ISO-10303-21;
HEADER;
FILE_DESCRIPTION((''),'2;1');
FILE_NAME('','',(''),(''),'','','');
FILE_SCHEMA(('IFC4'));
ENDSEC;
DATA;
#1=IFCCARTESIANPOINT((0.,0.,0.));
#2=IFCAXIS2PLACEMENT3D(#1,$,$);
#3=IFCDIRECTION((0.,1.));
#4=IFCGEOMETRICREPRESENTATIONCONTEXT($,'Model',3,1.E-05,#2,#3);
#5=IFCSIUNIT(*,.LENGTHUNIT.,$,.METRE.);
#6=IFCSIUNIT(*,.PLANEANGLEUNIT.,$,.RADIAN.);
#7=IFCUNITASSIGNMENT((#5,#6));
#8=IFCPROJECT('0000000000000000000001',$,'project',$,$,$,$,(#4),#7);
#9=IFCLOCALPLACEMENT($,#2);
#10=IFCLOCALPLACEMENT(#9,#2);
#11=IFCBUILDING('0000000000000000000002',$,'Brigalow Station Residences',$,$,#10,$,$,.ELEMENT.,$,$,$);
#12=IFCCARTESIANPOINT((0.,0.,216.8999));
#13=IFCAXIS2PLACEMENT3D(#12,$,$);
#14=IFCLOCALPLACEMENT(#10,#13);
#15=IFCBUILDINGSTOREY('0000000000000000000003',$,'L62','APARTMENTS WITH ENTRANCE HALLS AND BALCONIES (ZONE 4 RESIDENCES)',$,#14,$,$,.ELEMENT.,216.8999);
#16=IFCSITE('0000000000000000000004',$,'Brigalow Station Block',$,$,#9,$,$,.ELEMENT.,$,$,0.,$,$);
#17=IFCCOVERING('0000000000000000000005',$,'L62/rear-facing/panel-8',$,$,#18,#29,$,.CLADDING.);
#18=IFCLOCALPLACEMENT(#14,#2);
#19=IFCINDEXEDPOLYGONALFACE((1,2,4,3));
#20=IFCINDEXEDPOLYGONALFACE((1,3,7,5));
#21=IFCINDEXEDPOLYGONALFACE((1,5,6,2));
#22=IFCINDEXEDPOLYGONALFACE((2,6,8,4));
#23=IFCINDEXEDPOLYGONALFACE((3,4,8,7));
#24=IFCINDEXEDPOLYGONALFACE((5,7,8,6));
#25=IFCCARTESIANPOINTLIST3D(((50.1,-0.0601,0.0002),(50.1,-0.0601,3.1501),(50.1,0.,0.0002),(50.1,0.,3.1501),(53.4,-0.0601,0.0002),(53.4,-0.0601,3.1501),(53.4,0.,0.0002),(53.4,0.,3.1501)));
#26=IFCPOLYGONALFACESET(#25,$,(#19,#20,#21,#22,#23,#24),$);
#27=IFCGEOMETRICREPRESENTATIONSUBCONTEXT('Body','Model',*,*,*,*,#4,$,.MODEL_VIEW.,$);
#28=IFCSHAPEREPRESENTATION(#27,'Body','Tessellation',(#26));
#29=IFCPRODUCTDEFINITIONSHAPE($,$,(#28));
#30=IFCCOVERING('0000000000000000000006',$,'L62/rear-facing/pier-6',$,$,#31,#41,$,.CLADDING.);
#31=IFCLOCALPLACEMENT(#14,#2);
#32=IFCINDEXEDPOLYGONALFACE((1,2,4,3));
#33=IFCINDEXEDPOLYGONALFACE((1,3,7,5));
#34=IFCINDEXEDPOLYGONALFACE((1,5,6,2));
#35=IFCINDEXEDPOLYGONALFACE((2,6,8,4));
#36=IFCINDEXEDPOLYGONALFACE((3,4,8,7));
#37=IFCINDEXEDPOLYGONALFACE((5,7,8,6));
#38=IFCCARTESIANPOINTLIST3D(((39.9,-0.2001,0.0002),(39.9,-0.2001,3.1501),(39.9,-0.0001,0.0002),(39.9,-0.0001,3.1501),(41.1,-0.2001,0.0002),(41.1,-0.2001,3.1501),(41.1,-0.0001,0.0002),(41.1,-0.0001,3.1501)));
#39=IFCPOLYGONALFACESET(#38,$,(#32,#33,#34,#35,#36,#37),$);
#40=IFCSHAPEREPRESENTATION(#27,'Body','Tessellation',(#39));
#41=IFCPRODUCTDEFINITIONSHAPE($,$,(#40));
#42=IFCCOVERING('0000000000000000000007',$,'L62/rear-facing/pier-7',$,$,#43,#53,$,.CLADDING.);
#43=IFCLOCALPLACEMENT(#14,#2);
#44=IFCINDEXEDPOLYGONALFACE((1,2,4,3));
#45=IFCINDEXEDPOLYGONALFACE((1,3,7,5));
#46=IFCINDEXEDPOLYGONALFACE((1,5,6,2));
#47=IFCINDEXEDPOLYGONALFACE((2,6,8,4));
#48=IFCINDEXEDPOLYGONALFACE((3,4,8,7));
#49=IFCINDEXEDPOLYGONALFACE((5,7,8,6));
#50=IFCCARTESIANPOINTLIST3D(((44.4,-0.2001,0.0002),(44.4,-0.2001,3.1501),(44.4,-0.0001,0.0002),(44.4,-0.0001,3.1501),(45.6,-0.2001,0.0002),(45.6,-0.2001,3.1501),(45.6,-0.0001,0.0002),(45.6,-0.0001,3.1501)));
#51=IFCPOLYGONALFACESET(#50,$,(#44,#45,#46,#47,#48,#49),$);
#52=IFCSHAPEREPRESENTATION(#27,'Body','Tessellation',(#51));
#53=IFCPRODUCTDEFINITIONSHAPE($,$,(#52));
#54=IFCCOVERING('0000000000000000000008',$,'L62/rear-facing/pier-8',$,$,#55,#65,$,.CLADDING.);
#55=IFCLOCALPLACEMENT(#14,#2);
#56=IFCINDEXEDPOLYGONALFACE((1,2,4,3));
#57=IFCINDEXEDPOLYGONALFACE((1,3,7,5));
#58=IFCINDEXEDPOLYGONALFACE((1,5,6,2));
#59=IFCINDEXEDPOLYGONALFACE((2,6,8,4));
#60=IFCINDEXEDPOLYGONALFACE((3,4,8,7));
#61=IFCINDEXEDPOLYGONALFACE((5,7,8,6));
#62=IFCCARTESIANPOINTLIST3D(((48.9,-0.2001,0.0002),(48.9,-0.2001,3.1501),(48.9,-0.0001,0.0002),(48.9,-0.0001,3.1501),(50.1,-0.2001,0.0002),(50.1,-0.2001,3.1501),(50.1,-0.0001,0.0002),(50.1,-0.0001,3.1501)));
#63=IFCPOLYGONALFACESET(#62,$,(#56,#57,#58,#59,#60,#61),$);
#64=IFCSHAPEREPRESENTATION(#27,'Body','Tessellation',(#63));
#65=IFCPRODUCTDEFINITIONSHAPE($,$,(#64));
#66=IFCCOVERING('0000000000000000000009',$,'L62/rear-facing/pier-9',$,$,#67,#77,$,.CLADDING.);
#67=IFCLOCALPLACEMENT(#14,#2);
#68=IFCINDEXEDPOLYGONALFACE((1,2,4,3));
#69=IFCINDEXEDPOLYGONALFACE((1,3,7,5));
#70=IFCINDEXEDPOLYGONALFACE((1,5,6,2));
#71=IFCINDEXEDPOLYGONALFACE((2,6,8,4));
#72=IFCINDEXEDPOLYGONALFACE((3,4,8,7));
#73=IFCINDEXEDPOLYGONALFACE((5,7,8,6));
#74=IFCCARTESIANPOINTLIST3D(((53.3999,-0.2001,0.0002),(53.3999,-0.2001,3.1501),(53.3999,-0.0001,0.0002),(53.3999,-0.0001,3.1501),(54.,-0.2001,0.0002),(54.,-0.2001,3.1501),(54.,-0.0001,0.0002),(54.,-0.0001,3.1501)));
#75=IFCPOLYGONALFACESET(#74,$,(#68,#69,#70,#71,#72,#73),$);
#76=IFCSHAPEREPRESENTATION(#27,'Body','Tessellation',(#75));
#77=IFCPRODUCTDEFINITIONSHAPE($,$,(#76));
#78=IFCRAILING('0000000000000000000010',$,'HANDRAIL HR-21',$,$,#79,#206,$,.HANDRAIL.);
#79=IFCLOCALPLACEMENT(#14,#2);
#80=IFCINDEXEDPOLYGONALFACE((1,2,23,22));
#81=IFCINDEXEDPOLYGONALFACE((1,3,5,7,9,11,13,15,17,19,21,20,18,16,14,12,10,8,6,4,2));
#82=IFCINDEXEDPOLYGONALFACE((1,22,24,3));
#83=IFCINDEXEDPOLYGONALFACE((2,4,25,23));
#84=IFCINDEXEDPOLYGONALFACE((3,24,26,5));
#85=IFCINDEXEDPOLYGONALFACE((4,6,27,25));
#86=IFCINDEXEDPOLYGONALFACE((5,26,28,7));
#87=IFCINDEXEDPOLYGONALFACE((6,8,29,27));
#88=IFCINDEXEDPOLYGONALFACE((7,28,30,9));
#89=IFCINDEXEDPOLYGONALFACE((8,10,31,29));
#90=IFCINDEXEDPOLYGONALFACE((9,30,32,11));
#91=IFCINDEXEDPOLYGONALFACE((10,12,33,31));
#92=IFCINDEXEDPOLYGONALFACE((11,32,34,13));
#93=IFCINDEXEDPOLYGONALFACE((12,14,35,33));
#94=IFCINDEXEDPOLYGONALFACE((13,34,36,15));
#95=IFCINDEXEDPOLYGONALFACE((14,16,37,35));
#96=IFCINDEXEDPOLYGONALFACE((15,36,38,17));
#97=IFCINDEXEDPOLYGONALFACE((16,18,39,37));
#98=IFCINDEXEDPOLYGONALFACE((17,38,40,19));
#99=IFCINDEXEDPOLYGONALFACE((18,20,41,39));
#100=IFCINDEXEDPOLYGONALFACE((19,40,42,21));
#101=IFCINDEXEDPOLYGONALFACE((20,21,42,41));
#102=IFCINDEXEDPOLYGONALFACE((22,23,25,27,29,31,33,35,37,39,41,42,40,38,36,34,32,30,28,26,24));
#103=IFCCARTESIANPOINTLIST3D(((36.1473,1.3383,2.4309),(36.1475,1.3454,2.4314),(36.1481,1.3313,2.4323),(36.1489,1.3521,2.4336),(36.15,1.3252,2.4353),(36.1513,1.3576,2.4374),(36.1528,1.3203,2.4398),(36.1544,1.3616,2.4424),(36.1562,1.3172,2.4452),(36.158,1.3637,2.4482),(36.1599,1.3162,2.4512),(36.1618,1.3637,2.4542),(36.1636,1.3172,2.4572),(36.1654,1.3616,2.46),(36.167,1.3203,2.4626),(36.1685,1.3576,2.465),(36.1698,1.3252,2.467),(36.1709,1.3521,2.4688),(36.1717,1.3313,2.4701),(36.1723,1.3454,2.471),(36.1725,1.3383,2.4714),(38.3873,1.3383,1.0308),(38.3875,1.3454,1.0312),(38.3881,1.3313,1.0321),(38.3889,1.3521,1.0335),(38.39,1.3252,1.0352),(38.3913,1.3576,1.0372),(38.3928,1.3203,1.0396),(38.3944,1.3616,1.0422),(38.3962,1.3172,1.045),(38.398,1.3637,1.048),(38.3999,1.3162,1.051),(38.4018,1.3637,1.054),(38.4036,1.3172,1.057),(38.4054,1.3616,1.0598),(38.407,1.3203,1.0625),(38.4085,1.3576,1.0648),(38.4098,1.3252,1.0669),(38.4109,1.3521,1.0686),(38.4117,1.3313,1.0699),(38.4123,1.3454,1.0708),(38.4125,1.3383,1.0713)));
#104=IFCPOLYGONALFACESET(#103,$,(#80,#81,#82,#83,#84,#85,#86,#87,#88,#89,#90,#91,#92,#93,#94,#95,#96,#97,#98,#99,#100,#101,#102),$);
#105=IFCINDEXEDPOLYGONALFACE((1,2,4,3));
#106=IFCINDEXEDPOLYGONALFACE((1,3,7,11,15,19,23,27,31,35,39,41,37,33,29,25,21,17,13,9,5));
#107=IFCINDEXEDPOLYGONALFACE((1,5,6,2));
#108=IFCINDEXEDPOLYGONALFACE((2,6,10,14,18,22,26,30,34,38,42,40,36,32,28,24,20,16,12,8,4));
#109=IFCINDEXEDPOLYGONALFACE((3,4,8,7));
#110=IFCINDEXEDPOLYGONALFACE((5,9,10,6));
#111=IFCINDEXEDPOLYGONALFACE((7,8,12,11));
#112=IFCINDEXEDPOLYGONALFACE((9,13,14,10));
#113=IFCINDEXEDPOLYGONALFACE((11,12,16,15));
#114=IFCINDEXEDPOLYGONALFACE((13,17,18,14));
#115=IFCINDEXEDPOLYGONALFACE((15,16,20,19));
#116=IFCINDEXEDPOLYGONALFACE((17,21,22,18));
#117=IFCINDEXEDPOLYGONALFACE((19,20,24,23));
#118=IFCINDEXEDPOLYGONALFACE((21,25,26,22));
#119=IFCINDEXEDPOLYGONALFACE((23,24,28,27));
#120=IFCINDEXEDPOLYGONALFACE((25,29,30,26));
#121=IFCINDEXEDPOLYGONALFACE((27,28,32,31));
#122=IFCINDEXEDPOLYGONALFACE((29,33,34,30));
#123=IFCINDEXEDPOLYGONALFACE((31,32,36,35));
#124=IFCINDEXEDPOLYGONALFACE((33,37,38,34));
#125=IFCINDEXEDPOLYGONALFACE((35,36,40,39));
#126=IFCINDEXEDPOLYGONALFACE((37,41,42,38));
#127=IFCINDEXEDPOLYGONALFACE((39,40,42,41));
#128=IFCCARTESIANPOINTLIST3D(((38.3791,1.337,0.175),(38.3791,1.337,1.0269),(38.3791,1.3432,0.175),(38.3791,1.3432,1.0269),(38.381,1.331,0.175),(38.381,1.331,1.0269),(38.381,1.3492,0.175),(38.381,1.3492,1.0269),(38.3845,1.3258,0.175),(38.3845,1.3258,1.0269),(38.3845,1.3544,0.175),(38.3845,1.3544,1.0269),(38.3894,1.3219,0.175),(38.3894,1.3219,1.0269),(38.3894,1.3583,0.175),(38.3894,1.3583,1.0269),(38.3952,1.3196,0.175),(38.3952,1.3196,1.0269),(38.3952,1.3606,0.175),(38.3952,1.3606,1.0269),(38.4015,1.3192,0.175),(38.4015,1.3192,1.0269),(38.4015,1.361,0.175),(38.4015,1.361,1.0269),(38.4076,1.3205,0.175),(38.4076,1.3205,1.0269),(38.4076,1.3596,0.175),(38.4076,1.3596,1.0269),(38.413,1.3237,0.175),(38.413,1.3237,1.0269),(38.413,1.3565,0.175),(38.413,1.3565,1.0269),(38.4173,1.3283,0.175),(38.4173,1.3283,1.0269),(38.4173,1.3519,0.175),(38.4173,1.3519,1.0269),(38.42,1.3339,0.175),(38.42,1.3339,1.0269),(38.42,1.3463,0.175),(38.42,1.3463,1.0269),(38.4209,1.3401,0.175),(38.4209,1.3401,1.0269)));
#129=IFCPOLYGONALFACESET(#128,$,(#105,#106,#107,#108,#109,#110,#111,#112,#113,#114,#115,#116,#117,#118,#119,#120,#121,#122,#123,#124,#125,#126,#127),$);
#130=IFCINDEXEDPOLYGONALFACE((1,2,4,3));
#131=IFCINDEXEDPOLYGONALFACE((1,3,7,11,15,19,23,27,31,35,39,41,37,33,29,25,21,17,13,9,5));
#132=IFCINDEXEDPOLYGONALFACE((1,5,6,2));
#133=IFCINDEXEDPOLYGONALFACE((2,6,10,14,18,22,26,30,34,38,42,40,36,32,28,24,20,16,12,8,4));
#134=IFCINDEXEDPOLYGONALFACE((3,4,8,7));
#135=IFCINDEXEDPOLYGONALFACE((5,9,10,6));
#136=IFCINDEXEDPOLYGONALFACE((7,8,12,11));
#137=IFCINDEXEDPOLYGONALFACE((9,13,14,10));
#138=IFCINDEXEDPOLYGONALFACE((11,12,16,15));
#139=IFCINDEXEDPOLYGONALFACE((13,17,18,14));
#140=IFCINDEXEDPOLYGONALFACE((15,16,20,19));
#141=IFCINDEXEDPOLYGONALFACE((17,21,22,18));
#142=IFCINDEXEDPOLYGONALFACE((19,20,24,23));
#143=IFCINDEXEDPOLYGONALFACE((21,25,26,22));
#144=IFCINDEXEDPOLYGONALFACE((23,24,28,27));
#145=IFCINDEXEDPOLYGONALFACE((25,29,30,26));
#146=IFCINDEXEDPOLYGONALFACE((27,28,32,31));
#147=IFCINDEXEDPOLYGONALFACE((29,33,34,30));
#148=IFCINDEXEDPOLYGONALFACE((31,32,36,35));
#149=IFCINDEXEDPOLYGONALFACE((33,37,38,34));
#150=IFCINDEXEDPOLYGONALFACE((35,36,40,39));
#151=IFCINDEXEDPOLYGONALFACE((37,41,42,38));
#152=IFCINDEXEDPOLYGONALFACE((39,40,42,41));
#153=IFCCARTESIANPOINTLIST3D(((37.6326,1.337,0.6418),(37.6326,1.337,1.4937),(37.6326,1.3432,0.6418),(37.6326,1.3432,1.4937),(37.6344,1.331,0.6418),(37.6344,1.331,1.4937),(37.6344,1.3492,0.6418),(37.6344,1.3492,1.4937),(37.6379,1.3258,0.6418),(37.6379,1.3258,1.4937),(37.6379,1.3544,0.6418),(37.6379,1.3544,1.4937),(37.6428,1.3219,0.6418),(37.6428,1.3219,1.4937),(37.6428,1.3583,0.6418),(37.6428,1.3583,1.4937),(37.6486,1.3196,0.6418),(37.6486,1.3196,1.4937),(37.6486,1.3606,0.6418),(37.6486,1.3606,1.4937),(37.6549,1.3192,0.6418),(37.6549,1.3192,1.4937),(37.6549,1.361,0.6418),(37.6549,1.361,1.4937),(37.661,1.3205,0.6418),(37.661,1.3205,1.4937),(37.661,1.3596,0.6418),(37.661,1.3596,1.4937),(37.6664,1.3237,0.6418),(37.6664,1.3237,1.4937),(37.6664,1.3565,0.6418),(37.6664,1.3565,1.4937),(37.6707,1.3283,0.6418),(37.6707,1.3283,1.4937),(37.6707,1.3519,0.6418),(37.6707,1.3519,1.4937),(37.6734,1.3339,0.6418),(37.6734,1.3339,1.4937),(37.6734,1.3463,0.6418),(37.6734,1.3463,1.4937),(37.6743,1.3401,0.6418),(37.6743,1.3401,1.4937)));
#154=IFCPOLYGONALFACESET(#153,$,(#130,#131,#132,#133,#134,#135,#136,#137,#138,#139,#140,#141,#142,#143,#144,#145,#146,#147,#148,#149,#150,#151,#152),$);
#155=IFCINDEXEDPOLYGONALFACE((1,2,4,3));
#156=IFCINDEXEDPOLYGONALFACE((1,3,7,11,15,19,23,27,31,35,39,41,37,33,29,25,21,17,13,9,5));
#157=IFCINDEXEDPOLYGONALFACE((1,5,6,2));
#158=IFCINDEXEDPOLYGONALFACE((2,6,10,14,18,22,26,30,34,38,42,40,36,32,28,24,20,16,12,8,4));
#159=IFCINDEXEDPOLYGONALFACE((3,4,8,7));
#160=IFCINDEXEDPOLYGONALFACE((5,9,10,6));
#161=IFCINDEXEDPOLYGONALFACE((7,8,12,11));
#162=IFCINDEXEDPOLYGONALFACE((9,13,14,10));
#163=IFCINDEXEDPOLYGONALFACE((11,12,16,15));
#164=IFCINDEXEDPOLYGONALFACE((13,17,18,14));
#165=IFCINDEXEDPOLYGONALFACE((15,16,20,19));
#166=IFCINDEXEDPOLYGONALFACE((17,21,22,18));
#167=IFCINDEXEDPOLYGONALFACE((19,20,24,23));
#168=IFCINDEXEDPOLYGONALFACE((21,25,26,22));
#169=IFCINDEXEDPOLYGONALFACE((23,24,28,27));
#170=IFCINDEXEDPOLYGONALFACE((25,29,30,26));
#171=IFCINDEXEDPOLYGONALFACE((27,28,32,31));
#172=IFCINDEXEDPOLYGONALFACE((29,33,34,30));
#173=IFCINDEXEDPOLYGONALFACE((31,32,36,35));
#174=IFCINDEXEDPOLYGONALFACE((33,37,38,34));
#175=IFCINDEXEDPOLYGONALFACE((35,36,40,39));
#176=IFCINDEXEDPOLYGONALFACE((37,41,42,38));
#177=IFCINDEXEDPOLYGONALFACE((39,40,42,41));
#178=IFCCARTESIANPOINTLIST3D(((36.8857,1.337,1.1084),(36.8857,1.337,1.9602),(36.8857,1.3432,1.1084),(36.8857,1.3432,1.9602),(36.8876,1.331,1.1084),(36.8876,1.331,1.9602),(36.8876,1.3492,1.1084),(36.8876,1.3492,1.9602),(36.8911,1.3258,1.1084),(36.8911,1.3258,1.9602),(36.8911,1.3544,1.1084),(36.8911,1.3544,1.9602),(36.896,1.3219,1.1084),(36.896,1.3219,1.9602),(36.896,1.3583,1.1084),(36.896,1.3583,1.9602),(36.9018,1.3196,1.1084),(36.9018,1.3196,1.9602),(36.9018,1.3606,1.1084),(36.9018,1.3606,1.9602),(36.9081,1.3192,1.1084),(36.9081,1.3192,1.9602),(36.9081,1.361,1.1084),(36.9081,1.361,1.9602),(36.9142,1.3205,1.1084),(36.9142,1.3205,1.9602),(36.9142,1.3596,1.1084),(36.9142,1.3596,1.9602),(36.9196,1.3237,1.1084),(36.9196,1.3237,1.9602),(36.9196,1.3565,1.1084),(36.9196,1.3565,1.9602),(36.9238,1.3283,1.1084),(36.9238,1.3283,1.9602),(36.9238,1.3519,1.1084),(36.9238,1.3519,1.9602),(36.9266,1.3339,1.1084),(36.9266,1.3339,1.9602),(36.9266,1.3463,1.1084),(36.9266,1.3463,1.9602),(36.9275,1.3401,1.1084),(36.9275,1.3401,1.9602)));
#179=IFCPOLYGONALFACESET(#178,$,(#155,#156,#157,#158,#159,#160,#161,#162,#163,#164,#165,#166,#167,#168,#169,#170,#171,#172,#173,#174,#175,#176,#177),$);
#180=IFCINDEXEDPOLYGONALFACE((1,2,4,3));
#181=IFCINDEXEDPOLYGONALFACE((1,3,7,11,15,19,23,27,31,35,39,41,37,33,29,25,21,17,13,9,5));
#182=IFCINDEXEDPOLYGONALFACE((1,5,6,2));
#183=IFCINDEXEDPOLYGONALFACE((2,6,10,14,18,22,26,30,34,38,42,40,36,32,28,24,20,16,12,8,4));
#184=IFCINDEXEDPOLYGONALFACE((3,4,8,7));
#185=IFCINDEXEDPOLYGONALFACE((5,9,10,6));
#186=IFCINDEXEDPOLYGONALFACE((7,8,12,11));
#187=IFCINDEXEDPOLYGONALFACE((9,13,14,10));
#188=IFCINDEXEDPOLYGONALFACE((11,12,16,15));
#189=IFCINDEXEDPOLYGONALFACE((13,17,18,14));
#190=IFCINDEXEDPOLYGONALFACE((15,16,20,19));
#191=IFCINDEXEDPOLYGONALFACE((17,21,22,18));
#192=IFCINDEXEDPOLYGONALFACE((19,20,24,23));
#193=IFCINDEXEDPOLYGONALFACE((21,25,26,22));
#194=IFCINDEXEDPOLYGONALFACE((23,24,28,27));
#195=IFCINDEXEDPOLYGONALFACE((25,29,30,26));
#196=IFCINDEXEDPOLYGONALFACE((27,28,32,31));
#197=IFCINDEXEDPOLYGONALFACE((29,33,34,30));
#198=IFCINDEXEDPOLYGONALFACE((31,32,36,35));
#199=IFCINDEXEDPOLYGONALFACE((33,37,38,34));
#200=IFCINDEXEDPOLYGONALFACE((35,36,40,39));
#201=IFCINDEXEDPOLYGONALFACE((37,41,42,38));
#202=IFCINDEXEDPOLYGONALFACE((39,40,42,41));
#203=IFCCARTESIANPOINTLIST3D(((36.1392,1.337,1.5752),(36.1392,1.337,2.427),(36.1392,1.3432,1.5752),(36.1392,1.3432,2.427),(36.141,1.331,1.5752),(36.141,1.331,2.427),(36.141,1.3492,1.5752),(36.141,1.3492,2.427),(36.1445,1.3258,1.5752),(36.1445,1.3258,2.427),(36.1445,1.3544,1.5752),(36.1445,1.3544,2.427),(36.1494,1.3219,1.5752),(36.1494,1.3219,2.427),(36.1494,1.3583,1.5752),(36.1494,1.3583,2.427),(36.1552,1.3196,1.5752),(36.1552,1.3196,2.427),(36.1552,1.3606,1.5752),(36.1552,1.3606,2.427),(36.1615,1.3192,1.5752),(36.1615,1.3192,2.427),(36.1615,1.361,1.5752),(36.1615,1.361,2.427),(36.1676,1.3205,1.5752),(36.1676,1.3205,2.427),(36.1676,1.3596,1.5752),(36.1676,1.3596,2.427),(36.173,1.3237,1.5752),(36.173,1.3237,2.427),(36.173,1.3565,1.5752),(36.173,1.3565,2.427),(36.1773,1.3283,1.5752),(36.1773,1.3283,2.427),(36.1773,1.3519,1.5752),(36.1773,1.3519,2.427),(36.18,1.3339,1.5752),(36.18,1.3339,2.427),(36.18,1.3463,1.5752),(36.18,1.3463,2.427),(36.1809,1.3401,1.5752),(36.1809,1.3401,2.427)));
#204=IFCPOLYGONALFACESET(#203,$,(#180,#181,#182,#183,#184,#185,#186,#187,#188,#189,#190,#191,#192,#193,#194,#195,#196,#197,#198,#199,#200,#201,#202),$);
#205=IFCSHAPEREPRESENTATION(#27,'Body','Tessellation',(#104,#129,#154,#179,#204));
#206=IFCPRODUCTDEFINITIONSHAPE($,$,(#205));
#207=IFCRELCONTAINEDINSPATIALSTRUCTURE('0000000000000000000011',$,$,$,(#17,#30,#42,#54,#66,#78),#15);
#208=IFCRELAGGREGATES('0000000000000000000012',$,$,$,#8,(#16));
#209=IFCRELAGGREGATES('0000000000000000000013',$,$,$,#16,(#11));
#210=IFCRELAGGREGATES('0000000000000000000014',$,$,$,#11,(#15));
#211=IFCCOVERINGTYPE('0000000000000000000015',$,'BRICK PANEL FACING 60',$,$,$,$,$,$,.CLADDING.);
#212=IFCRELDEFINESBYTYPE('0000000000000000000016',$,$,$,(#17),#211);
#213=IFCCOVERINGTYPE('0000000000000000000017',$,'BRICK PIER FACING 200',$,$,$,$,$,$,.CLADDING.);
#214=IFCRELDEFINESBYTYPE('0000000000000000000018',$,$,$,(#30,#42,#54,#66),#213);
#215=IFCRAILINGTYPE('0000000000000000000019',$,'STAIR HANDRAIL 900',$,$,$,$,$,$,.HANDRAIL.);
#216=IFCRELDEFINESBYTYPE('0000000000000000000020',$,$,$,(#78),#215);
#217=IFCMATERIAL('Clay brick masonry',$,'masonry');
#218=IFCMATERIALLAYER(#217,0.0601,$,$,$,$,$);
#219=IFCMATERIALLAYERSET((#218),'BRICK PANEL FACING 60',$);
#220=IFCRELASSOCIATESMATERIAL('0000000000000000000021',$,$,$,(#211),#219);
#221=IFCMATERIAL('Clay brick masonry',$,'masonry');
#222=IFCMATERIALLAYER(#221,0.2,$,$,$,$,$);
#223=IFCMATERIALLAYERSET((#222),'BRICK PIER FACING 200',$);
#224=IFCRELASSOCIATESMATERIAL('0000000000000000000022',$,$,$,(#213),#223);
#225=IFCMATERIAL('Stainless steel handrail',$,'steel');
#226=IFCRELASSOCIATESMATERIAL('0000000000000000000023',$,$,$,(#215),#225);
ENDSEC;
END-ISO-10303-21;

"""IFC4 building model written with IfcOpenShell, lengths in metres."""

from ifc_helpers import new_model, si_unit, direction, frame, origin, origin_2d, place, context, subcontext, project, spatial, rectangle, circle, extrude, material, layer, layer_set, type_object, element, save


model = new_model("IFC4")

# Units and contexts
model_context = context("Model", 3, precision=1e-05, world=origin(), true_north=direction((0.0, 1.0)))
body_context = subcontext(model_context, "Body", "Model", "MODEL_VIEW")
ifc_project = project(units=[si_unit("LENGTHUNIT", "METRE"), si_unit("PLANEANGLEUNIT", "RADIAN")], contexts=[model_context])

# Site, building, storey
site_placement = place(None, origin())
site = spatial("IfcSite", under=ifc_project, at=site_placement, Name="Brigalow Station Block", CompositionType="ELEMENT", RefElevation=0.0)
building_placement = place(site_placement, origin())
building = spatial("IfcBuilding", under=site, at=building_placement, Name="Brigalow Station Residences", CompositionType="ELEMENT")
storey_placement = place(building_placement, frame((0.0, 0.0, 216.8999)))
storey = spatial("IfcBuildingStorey", under=building, at=storey_placement, Name="L62", Description="APARTMENTS WITH ENTRANCE HALLS AND BALCONIES (ZONE 4 RESIDENCES)", CompositionType="ELEMENT", Elevation=216.8999)

# Coverings
ifc_material_1 = material(Name="Clay brick masonry", Category="masonry")
ifc_layer_1 = layer(ifc_material_1, 0.0601)
ifc_layer_set_1 = layer_set([ifc_layer_1], Name="BRICK PANEL FACING 60")
covering_type_1 = type_object("IfcCoveringType", Name="BRICK PANEL FACING 60", PredefinedType="CLADDING", material=ifc_layer_set_1)
for number, where, z_axis, x_axis, name in (
    (1, (51.75, -0.03, 0.0002), (0.0, 0.0, 1.0), (1.0, 0.0, 0.0), "L62/rear-facing/panel-8"),
):
    element("IfcCovering", number, at=place(storey_placement, frame(where, z_axis=z_axis, x_axis=x_axis)), inside=storey, type_object=covering_type_1, Name=name, PredefinedType="CLADDING", context=body_context, shape_type="SweptSolid", body=[
        extrude(rectangle(XDim=3.3, YDim=0.0601, at=origin_2d()), origin(), (0.0, 0.0, 1.0), 3.1499),
    ])
ifc_material_2 = material(Name="Clay brick masonry", Category="masonry")
ifc_layer_2 = layer(ifc_material_2, 0.2)
ifc_layer_set_2 = layer_set([ifc_layer_2], Name="BRICK PIER FACING 200")
covering_type_2 = type_object("IfcCoveringType", Name="BRICK PIER FACING 200", PredefinedType="CLADDING", material=ifc_layer_set_2)
for number, where, z_axis, x_axis, name in (
    (2, (40.5, -0.1001, 0.0002), (0.0, 0.0, 1.0), (1.0, 0.0, 0.0), "L62/rear-facing/pier-6"),
    (3, (45.0, -0.1001, 0.0002), (0.0, 0.0, 1.0), (1.0, 0.0, 0.0), "L62/rear-facing/pier-7"),
    (4, (49.5, -0.1001, 0.0002), (0.0, 0.0, 1.0), (1.0, 0.0, 0.0), "L62/rear-facing/pier-8"),
):
    element("IfcCovering", number, at=place(storey_placement, frame(where, z_axis=z_axis, x_axis=x_axis)), inside=storey, type_object=covering_type_2, Name=name, PredefinedType="CLADDING", context=body_context, shape_type="SweptSolid", body=[
        extrude(rectangle(XDim=1.2, YDim=0.2, at=origin_2d()), origin(), (0.0, 0.0, 1.0), 3.1499),
    ])
covering_placement = place(storey_placement, frame((53.7, -0.1001, 0.0002), z_axis=(0.0, 0.0, 1.0), x_axis=(1.0, 0.0, 0.0)))
element("IfcCovering", 5, at=covering_placement, inside=storey, type_object=covering_type_2, Name="L62/rear-facing/pier-9", PredefinedType="CLADDING", context=body_context, shape_type="SweptSolid", body=[
    extrude(rectangle(XDim=0.6001, YDim=0.2, at=origin_2d()), origin(), (0.0, 0.0, 1.0), 3.1499),
])

# Railing
ifc_material_3 = material(Name="Stainless steel handrail", Category="steel")
railing_type_1 = type_object("IfcRailingType", Name="STAIR HANDRAIL 900", PredefinedType="HANDRAIL", material=ifc_material_3)
railing_1_placement = place(storey_placement, frame((38.3999, 1.3401, 0.175)))
element("IfcRailing", 6, at=railing_1_placement, inside=storey, type_object=railing_type_1, Name="HANDRAIL HR-21", PredefinedType="HANDRAIL", context=body_context, shape_type="SweptSolid", body=[
    extrude(circle(Radius=0.0239, at=origin_2d()), frame((0.0, 0.0, 0.876), z_axis=(-0.847972, 0.0, 0.53004), x_axis=(0.0, -1.0, 0.0)), (0.0, 0.0, 1.0), 2.6416),
    extrude(circle(Radius=0.021, at=origin_2d()), origin(), (0.0, 0.0, 1.0), 0.8518),
    extrude(circle(Radius=0.021, at=origin_2d()), frame((-0.7466, 0.0, 0.4668)), (0.0, 0.0, 1.0), 0.8518),
    extrude(circle(Radius=0.021, at=origin_2d()), frame((-1.4934, 0.0, 0.9333)), (0.0, 0.0, 1.0), 0.8518),
    extrude(circle(Radius=0.021, at=origin_2d()), frame((-2.24, 0.0, 1.4001)), (0.0, 0.0, 1.0), 0.8518),
])

save(model, "model.ifc")
